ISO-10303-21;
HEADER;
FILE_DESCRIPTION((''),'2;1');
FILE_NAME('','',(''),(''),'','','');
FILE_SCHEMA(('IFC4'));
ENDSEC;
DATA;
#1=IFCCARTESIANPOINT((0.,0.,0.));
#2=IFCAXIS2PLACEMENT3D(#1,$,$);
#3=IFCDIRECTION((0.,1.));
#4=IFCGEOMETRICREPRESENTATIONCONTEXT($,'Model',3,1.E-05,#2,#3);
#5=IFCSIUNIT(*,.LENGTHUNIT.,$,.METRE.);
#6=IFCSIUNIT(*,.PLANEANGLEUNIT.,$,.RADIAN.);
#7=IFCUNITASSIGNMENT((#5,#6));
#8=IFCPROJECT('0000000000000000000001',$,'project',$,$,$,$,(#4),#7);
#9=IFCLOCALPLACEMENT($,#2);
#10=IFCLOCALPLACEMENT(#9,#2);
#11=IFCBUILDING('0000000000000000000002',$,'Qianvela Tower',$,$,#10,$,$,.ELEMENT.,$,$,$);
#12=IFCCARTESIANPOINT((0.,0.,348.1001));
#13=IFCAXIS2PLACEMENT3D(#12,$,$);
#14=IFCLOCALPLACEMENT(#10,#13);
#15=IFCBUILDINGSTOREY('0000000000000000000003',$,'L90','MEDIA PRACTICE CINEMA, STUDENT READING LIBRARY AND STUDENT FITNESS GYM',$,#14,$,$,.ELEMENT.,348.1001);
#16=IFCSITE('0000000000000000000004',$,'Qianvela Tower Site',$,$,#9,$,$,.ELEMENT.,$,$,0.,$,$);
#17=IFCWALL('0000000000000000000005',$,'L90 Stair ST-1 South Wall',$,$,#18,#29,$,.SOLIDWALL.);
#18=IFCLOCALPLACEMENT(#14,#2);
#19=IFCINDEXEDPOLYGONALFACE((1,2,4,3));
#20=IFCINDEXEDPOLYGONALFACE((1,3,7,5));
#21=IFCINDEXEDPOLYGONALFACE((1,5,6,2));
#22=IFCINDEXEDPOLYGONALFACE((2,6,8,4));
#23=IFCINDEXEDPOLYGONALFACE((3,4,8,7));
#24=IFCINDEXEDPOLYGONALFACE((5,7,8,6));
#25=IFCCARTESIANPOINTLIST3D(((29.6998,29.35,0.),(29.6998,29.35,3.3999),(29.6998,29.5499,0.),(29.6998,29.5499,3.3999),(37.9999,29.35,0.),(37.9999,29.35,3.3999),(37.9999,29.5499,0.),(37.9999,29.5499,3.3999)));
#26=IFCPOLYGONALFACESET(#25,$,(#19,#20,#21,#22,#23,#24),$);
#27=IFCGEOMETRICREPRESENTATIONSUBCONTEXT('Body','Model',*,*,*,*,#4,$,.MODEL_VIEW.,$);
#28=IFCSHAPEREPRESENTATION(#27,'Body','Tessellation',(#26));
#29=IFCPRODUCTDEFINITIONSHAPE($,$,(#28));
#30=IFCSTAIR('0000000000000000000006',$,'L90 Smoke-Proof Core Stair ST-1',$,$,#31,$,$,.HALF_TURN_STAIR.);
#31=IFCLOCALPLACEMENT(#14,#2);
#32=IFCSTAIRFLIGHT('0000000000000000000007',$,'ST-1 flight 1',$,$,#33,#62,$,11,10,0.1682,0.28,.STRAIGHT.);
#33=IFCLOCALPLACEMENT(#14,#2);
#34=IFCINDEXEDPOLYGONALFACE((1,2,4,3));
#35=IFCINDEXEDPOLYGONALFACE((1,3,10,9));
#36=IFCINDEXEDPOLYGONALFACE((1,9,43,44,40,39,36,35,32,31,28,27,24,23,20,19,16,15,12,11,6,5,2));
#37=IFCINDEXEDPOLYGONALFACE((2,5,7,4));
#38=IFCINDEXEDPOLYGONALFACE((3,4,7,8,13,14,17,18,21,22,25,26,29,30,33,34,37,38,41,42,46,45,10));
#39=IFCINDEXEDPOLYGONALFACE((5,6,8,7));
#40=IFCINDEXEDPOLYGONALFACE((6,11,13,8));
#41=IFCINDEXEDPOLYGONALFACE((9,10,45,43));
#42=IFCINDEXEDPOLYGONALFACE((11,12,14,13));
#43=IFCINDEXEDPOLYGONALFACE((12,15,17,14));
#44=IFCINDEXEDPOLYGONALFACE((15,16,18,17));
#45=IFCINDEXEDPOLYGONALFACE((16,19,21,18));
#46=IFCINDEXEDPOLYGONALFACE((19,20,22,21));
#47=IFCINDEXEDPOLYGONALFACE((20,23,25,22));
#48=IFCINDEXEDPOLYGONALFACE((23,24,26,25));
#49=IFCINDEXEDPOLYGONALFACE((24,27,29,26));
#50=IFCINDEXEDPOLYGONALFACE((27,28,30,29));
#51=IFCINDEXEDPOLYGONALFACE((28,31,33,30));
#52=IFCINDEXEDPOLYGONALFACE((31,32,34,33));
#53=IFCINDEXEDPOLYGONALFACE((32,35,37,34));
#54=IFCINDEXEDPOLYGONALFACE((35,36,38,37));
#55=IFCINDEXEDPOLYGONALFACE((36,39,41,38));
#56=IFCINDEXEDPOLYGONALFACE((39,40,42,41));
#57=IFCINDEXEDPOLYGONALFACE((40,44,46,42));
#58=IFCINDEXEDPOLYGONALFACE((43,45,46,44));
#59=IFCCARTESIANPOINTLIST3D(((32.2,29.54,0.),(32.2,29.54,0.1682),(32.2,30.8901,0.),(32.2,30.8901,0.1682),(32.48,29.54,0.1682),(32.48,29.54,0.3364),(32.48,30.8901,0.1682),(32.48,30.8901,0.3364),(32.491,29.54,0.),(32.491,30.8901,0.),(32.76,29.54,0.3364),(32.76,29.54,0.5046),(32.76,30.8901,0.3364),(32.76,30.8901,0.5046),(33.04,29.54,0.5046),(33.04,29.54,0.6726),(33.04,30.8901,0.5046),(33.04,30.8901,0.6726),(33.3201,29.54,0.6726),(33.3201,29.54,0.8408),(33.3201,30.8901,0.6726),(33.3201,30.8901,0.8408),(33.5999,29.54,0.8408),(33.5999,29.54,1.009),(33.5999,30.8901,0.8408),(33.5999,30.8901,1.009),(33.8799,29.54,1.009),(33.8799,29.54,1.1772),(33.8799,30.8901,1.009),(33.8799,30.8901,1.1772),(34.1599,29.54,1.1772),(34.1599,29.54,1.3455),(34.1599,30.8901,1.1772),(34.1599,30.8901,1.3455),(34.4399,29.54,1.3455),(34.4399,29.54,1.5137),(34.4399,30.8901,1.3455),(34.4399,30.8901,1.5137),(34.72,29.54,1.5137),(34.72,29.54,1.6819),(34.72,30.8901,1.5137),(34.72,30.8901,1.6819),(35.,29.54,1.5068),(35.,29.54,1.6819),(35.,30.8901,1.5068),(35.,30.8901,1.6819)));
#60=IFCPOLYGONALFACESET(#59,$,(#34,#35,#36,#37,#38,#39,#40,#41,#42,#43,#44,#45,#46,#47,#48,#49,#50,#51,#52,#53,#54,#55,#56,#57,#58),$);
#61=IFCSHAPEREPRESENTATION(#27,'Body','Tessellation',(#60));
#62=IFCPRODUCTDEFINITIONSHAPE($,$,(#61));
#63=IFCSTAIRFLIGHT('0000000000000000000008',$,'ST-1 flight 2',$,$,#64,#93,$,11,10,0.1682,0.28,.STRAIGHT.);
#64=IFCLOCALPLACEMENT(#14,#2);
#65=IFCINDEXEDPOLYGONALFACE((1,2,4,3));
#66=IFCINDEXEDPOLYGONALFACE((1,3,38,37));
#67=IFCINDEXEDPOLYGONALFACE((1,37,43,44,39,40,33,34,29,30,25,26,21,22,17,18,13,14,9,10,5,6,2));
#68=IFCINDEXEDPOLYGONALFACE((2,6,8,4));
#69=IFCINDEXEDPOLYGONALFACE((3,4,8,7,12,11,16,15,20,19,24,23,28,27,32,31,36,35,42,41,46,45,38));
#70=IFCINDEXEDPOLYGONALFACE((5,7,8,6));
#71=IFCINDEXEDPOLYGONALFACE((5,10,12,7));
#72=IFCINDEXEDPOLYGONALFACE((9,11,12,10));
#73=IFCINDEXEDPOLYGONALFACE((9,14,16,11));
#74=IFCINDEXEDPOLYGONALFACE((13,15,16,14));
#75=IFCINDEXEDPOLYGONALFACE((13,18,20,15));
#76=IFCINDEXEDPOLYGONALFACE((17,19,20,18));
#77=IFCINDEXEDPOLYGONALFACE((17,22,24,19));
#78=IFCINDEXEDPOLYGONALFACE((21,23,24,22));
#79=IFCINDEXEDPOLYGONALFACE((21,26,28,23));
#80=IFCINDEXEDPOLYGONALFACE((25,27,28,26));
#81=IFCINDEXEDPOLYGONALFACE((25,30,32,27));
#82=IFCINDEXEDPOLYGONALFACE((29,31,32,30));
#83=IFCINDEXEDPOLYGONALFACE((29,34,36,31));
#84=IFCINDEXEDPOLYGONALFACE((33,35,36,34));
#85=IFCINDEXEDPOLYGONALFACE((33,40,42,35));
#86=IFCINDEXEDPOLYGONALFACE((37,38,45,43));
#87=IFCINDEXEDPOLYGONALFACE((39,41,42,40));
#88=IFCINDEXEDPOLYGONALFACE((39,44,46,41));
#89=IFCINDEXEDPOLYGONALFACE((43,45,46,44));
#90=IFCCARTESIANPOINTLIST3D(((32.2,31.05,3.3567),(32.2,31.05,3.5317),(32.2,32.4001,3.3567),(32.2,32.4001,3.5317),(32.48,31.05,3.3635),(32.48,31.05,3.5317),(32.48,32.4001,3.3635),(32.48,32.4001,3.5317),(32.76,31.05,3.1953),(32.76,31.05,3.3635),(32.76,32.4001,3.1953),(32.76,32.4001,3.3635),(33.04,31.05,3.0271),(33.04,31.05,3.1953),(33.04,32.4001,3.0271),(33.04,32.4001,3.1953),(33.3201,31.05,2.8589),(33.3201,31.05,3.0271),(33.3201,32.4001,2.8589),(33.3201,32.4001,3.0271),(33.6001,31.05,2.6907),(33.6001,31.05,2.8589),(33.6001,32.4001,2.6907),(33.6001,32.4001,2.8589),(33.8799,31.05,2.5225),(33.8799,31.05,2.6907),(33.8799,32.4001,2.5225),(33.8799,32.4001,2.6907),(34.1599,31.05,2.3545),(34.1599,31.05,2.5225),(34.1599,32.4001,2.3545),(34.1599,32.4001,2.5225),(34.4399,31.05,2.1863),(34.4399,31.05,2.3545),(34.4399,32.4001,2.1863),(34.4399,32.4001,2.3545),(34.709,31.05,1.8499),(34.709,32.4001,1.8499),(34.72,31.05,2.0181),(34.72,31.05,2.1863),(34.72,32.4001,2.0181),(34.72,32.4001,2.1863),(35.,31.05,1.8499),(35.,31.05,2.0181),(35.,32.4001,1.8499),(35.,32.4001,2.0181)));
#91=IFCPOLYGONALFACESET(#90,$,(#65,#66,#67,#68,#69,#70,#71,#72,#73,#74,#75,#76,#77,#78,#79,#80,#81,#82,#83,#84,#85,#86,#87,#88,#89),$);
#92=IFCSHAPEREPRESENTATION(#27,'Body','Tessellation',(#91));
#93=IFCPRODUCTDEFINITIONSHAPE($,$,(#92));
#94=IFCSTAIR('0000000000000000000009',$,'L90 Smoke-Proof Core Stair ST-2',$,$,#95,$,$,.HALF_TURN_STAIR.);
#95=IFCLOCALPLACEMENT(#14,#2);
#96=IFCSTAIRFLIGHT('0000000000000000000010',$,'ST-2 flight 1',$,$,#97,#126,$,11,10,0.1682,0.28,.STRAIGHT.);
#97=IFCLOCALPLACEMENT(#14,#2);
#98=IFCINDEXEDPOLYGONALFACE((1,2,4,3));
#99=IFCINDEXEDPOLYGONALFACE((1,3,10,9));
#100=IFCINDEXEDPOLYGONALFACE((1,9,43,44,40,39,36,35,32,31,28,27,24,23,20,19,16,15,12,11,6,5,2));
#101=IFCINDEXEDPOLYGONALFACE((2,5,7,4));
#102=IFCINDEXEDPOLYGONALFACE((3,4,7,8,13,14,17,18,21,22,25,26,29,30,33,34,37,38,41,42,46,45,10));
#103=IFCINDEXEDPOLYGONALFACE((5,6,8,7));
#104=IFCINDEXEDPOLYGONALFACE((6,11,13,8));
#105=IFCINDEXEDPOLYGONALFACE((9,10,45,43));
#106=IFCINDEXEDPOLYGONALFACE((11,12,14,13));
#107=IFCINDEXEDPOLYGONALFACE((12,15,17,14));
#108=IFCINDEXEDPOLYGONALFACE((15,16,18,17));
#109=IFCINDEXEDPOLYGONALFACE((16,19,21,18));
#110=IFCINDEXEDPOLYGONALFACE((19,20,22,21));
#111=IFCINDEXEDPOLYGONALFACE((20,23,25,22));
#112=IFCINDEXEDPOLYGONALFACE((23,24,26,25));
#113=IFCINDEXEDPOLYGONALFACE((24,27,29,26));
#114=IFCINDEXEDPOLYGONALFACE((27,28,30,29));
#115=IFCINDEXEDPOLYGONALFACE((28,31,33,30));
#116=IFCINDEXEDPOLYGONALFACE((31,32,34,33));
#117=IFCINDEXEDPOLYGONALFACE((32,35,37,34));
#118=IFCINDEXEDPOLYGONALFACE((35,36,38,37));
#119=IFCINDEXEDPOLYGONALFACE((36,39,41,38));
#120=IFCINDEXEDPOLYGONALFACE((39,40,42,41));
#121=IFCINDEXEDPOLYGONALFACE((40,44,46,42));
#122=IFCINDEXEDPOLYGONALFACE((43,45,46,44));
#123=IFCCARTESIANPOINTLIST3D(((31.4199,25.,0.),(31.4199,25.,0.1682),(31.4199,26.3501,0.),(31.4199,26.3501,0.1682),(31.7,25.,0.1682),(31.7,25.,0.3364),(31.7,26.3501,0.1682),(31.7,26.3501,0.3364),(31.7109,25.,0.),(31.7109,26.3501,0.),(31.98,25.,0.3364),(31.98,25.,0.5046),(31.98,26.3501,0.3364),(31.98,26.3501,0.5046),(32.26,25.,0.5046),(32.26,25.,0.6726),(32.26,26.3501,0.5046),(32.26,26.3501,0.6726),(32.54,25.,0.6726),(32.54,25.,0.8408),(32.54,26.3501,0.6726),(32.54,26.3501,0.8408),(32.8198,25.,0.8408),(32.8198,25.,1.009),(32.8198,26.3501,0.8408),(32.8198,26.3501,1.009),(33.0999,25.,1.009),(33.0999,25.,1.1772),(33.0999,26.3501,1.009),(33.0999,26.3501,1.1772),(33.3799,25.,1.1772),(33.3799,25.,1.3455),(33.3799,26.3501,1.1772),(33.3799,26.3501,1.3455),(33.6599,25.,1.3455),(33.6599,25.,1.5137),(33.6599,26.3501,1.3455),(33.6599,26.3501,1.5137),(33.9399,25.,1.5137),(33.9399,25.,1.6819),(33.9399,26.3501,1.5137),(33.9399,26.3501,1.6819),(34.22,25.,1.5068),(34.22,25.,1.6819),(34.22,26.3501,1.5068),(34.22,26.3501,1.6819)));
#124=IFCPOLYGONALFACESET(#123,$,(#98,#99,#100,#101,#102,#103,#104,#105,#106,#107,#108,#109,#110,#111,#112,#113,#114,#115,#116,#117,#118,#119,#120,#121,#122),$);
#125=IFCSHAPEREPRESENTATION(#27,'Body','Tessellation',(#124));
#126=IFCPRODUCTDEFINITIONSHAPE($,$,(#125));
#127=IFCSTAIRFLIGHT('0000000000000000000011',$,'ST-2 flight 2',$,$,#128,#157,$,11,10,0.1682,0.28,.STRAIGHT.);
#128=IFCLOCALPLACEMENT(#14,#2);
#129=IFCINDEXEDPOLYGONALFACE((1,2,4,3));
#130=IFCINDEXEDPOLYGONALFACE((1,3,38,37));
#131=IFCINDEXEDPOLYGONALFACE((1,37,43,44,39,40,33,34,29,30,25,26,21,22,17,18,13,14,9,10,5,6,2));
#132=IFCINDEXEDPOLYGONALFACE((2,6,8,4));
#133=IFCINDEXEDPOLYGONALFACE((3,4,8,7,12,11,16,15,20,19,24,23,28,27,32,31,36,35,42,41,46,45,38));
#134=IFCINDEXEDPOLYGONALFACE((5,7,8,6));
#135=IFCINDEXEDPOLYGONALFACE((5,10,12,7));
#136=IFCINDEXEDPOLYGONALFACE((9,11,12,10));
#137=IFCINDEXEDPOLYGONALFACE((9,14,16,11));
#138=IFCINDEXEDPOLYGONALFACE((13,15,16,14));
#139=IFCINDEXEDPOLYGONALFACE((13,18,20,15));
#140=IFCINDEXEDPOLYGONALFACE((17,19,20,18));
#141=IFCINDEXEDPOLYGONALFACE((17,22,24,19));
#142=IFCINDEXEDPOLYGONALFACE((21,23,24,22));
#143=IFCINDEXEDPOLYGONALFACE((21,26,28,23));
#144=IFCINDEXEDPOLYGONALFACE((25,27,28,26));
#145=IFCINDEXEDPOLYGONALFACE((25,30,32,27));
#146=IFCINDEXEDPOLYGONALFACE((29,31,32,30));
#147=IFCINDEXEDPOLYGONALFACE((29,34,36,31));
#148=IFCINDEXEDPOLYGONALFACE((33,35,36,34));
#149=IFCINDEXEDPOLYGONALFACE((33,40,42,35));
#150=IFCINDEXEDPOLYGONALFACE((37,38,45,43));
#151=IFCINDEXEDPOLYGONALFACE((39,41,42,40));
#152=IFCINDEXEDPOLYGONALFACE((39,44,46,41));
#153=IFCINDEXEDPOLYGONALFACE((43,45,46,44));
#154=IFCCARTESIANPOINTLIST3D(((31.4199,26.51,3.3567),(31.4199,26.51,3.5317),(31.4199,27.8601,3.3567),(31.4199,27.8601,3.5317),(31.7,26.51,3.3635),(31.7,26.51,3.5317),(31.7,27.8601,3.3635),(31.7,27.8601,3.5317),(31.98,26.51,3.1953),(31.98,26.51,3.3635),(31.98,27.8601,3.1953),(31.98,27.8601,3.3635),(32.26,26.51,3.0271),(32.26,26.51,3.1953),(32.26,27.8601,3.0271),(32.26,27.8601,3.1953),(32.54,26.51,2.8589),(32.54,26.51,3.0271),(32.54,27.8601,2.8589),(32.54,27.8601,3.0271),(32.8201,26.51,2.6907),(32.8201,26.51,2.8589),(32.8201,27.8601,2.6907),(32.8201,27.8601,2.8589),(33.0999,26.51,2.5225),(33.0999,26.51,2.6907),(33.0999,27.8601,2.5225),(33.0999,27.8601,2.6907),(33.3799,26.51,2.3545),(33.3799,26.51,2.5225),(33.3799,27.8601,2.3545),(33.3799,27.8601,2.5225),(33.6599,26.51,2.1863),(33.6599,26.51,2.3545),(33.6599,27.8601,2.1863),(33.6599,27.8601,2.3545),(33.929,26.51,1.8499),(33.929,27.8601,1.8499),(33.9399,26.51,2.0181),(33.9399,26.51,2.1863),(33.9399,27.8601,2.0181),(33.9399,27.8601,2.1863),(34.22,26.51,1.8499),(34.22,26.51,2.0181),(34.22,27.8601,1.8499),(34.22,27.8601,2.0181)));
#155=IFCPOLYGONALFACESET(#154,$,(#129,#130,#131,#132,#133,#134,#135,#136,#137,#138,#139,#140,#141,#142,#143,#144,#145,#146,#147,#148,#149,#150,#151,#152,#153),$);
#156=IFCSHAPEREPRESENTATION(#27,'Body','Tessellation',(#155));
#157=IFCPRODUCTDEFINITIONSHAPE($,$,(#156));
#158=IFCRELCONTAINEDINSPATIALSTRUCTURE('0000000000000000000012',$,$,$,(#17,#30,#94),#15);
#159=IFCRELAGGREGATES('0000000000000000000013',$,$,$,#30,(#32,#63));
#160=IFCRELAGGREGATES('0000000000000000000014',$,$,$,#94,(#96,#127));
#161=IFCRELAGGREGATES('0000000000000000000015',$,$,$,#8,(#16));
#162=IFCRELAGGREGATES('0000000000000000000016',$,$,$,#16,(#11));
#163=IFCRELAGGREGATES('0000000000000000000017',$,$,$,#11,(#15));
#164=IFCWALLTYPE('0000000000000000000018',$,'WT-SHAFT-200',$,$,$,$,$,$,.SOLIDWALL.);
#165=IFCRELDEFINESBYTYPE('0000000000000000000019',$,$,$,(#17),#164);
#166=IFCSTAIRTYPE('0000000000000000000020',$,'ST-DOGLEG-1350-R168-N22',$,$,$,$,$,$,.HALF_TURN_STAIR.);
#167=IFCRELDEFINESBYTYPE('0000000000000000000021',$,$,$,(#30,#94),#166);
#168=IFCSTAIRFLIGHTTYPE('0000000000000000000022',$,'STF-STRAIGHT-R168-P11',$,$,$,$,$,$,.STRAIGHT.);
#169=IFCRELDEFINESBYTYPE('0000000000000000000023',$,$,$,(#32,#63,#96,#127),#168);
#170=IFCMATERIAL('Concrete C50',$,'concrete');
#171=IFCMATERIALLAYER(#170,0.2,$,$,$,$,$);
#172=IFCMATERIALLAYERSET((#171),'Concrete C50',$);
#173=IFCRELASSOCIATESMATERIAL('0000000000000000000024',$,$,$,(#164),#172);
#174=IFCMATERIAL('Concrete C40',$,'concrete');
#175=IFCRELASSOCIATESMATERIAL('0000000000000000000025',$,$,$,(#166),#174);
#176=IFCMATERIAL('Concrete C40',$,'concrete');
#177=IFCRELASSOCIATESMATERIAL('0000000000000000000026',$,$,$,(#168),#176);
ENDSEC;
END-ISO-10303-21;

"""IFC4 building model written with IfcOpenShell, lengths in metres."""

from ifc_helpers import new_model, si_unit, direction, frame, frame_2d, origin, place, context, subcontext, project, spatial, polyline, rectangle, outline, extrude, material, layer, layer_set, type_object, element, aggregate, save


model = new_model("IFC4")

# Units and contexts
model_context = context("Model", 3, precision=1e-05, world=origin(), true_north=direction((0.0, 1.0)))
body_context = subcontext(model_context, "Body", "Model", "MODEL_VIEW")
ifc_project = project(units=[si_unit("LENGTHUNIT", "METRE"), si_unit("PLANEANGLEUNIT", "RADIAN")], contexts=[model_context])

# Site, building, storey
site_placement = place(None, origin())
site = spatial("IfcSite", under=ifc_project, at=site_placement, Name="Qianvela Tower Site", CompositionType="ELEMENT", RefElevation=0.0)
building_placement = place(site_placement, origin())
building = spatial("IfcBuilding", under=site, at=building_placement, Name="Qianvela Tower", CompositionType="ELEMENT")
storey_placement = place(building_placement, frame((0.0, 0.0, 348.1001)))
storey = spatial("IfcBuildingStorey", under=building, at=storey_placement, Name="L90", Description="MEDIA PRACTICE CINEMA, STUDENT READING LIBRARY AND STUDENT FITNESS GYM", CompositionType="ELEMENT", Elevation=348.1001)

# Wall
ifc_material_1 = material(Name="Concrete C50", Category="concrete")
ifc_layer_1 = layer(ifc_material_1, 0.2)
ifc_layer_set_1 = layer_set([ifc_layer_1], Name="Concrete C50")
wall_type_1 = type_object("IfcWallType", Name="WT-SHAFT-200", PredefinedType="SOLIDWALL", material=ifc_layer_set_1)
wall_1_placement = place(storey_placement, frame((29.7, 29.45, 0.0), z_axis=(0.0, 0.0, 1.0), x_axis=(1.0, 0.0, 0.0)))
element("IfcWall", 1, at=wall_1_placement, inside=storey, type_object=wall_type_1, Name="L90 Stair ST-1 South Wall", PredefinedType="SOLIDWALL", context=body_context, shape_type="SweptSolid", body=[
    extrude(rectangle(XDim=8.3, YDim=0.2, at=frame_2d((4.1499, 0.0))), origin(), (0.0, 0.0, 1.0), 3.3999),
])

# Stairs, stair flights
ifc_material_2 = material(Name="Concrete C40", Category="concrete")
stair_type = type_object("IfcStairType", Name="ST-DOGLEG-1350-R168-N22", PredefinedType="HALF_TURN_STAIR", material=ifc_material_2)
stair_1_placement = place(storey_placement, origin())
stair_1 = element("IfcStair", 2, at=stair_1_placement, inside=storey, type_object=stair_type, Name="L90 Smoke-Proof Core Stair ST-1", PredefinedType="HALF_TURN_STAIR")
ifc_material_3 = material(Name="Concrete C40", Category="concrete")
stair_flight_type = type_object("IfcStairFlightType", Name="STF-STRAIGHT-R168-P11", PredefinedType="STRAIGHT", material=ifc_material_3)
stair_flight_1_placement = place(storey_placement, frame((32.2, 30.2151, 0.0), z_axis=(0.0, 0.0, 1.0), x_axis=(1.0, 0.0, 0.0)))
stair_flight_1 = element("IfcStairFlight", 3, at=stair_flight_1_placement, type_object=stair_flight_type, Name="ST-1 flight 1", NumberOfRisers=11, NumberOfTreads=10, PredefinedType="STRAIGHT", RiserHeight=0.1682, TreadLength=0.28, context=body_context, shape_type="SweptSolid", body=[
    extrude(outline(polyline([(0.0, 0.0), (0.0, 0.1682), (0.28, 0.1682), (0.28, 0.3364), (0.5601, 0.3364), (0.5601, 0.5046), (0.8401, 0.5046), (0.8401, 0.6726), (1.1201, 0.6726), (1.1201, 0.8408), (1.3999, 0.8408), (1.3999, 1.009), (1.6799, 1.009), (1.6799, 1.1772), (1.96, 1.1772), (1.96, 1.3455), (2.24, 1.3455), (2.24, 1.5137), (2.52, 1.5137), (2.52, 1.6819), (2.8, 1.6819), (2.8, 1.8501), (2.8, 1.5068), (0.291, 0.0), (0.0, 0.0)])), frame((0.0, 0.675, 0.0), z_axis=(0.0, -1.0, 0.0), x_axis=(1.0, 0.0, 0.0)), (0.0, 0.0, 1.0), 1.3501),
])
stair_flight_2_placement = place(storey_placement, frame((35.0, 31.7251, 1.8499), z_axis=(0.0, 0.0, 1.0), x_axis=(-1.0, 0.0, 0.0)))
stair_flight_2 = element("IfcStairFlight", 4, at=stair_flight_2_placement, type_object=stair_flight_type, Name="ST-1 flight 2", NumberOfRisers=11, NumberOfTreads=10, PredefinedType="STRAIGHT", RiserHeight=0.1682, TreadLength=0.28, context=body_context, shape_type="SweptSolid", body=[
    extrude(outline(polyline([(0.0, 0.0), (0.0, 0.1682), (0.28, 0.1682), (0.28, 0.3364), (0.5601, 0.3364), (0.5601, 0.5046), (0.8401, 0.5046), (0.8401, 0.6726), (1.1201, 0.6726), (1.1201, 0.8408), (1.3999, 0.8408), (1.3999, 1.009), (1.6799, 1.009), (1.6799, 1.1772), (1.96, 1.1772), (1.96, 1.3455), (2.24, 1.3455), (2.24, 1.5137), (2.52, 1.5137), (2.52, 1.6819), (2.8, 1.6819), (2.8, 1.8501), (2.8, 1.5068), (0.291, 0.0), (0.0, 0.0)])), frame((0.0, 0.675, 0.0), z_axis=(0.0, -1.0, 0.0), x_axis=(1.0, 0.0, 0.0)), (0.0, 0.0, 1.0), 1.3501),
])
aggregate(stair_1, [stair_flight_1, stair_flight_2])
stair_2_placement = place(storey_placement, origin())
stair_2 = element("IfcStair", 5, at=stair_2_placement, inside=storey, type_object=stair_type, Name="L90 Smoke-Proof Core Stair ST-2", PredefinedType="HALF_TURN_STAIR")
stair_flight_3_placement = place(storey_placement, frame((31.4199, 25.675, 0.0), z_axis=(0.0, 0.0, 1.0), x_axis=(1.0, 0.0, 0.0)))
stair_flight_3 = element("IfcStairFlight", 6, at=stair_flight_3_placement, type_object=stair_flight_type, Name="ST-2 flight 1", NumberOfRisers=11, NumberOfTreads=10, PredefinedType="STRAIGHT", RiserHeight=0.1682, TreadLength=0.28, context=body_context, shape_type="SweptSolid", body=[
    extrude(outline(polyline([(0.0, 0.0), (0.0, 0.1682), (0.28, 0.1682), (0.28, 0.3364), (0.5601, 0.3364), (0.5601, 0.5046), (0.8401, 0.5046), (0.8401, 0.6726), (1.1201, 0.6726), (1.1201, 0.8408), (1.3999, 0.8408), (1.3999, 1.009), (1.6799, 1.009), (1.6799, 1.1772), (1.96, 1.1772), (1.96, 1.3455), (2.24, 1.3455), (2.24, 1.5137), (2.52, 1.5137), (2.52, 1.6819), (2.8, 1.6819), (2.8, 1.8501), (2.8, 1.5068), (0.291, 0.0), (0.0, 0.0)])), frame((0.0, 0.675, 0.0), z_axis=(0.0, -1.0, 0.0), x_axis=(1.0, 0.0, 0.0)), (0.0, 0.0, 1.0), 1.3501),
])
stair_flight_4_placement = place(storey_placement, frame((34.22, 27.1851, 1.8499), z_axis=(0.0, 0.0, 1.0), x_axis=(-1.0, 0.0, 0.0)))
stair_flight_4 = element("IfcStairFlight", 7, at=stair_flight_4_placement, type_object=stair_flight_type, Name="ST-2 flight 2", NumberOfRisers=11, NumberOfTreads=10, PredefinedType="STRAIGHT", RiserHeight=0.1682, TreadLength=0.28, context=body_context, shape_type="SweptSolid", body=[
    extrude(outline(polyline([(0.0, 0.0), (0.0, 0.1682), (0.28, 0.1682), (0.28, 0.3364), (0.5601, 0.3364), (0.5601, 0.5046), (0.8401, 0.5046), (0.8401, 0.6726), (1.1201, 0.6726), (1.1201, 0.8408), (1.3999, 0.8408), (1.3999, 1.009), (1.6799, 1.009), (1.6799, 1.1772), (1.96, 1.1772), (1.96, 1.3455), (2.24, 1.3455), (2.24, 1.5137), (2.52, 1.5137), (2.52, 1.6819), (2.8, 1.6819), (2.8, 1.8501), (2.8, 1.5068), (0.291, 0.0), (0.0, 0.0)])), frame((0.0, 0.675, 0.0), z_axis=(0.0, -1.0, 0.0), x_axis=(1.0, 0.0, 0.0)), (0.0, 0.0, 1.0), 1.3501),
])
aggregate(stair_2, [stair_flight_3, stair_flight_4])

save(model, "model.ifc")
